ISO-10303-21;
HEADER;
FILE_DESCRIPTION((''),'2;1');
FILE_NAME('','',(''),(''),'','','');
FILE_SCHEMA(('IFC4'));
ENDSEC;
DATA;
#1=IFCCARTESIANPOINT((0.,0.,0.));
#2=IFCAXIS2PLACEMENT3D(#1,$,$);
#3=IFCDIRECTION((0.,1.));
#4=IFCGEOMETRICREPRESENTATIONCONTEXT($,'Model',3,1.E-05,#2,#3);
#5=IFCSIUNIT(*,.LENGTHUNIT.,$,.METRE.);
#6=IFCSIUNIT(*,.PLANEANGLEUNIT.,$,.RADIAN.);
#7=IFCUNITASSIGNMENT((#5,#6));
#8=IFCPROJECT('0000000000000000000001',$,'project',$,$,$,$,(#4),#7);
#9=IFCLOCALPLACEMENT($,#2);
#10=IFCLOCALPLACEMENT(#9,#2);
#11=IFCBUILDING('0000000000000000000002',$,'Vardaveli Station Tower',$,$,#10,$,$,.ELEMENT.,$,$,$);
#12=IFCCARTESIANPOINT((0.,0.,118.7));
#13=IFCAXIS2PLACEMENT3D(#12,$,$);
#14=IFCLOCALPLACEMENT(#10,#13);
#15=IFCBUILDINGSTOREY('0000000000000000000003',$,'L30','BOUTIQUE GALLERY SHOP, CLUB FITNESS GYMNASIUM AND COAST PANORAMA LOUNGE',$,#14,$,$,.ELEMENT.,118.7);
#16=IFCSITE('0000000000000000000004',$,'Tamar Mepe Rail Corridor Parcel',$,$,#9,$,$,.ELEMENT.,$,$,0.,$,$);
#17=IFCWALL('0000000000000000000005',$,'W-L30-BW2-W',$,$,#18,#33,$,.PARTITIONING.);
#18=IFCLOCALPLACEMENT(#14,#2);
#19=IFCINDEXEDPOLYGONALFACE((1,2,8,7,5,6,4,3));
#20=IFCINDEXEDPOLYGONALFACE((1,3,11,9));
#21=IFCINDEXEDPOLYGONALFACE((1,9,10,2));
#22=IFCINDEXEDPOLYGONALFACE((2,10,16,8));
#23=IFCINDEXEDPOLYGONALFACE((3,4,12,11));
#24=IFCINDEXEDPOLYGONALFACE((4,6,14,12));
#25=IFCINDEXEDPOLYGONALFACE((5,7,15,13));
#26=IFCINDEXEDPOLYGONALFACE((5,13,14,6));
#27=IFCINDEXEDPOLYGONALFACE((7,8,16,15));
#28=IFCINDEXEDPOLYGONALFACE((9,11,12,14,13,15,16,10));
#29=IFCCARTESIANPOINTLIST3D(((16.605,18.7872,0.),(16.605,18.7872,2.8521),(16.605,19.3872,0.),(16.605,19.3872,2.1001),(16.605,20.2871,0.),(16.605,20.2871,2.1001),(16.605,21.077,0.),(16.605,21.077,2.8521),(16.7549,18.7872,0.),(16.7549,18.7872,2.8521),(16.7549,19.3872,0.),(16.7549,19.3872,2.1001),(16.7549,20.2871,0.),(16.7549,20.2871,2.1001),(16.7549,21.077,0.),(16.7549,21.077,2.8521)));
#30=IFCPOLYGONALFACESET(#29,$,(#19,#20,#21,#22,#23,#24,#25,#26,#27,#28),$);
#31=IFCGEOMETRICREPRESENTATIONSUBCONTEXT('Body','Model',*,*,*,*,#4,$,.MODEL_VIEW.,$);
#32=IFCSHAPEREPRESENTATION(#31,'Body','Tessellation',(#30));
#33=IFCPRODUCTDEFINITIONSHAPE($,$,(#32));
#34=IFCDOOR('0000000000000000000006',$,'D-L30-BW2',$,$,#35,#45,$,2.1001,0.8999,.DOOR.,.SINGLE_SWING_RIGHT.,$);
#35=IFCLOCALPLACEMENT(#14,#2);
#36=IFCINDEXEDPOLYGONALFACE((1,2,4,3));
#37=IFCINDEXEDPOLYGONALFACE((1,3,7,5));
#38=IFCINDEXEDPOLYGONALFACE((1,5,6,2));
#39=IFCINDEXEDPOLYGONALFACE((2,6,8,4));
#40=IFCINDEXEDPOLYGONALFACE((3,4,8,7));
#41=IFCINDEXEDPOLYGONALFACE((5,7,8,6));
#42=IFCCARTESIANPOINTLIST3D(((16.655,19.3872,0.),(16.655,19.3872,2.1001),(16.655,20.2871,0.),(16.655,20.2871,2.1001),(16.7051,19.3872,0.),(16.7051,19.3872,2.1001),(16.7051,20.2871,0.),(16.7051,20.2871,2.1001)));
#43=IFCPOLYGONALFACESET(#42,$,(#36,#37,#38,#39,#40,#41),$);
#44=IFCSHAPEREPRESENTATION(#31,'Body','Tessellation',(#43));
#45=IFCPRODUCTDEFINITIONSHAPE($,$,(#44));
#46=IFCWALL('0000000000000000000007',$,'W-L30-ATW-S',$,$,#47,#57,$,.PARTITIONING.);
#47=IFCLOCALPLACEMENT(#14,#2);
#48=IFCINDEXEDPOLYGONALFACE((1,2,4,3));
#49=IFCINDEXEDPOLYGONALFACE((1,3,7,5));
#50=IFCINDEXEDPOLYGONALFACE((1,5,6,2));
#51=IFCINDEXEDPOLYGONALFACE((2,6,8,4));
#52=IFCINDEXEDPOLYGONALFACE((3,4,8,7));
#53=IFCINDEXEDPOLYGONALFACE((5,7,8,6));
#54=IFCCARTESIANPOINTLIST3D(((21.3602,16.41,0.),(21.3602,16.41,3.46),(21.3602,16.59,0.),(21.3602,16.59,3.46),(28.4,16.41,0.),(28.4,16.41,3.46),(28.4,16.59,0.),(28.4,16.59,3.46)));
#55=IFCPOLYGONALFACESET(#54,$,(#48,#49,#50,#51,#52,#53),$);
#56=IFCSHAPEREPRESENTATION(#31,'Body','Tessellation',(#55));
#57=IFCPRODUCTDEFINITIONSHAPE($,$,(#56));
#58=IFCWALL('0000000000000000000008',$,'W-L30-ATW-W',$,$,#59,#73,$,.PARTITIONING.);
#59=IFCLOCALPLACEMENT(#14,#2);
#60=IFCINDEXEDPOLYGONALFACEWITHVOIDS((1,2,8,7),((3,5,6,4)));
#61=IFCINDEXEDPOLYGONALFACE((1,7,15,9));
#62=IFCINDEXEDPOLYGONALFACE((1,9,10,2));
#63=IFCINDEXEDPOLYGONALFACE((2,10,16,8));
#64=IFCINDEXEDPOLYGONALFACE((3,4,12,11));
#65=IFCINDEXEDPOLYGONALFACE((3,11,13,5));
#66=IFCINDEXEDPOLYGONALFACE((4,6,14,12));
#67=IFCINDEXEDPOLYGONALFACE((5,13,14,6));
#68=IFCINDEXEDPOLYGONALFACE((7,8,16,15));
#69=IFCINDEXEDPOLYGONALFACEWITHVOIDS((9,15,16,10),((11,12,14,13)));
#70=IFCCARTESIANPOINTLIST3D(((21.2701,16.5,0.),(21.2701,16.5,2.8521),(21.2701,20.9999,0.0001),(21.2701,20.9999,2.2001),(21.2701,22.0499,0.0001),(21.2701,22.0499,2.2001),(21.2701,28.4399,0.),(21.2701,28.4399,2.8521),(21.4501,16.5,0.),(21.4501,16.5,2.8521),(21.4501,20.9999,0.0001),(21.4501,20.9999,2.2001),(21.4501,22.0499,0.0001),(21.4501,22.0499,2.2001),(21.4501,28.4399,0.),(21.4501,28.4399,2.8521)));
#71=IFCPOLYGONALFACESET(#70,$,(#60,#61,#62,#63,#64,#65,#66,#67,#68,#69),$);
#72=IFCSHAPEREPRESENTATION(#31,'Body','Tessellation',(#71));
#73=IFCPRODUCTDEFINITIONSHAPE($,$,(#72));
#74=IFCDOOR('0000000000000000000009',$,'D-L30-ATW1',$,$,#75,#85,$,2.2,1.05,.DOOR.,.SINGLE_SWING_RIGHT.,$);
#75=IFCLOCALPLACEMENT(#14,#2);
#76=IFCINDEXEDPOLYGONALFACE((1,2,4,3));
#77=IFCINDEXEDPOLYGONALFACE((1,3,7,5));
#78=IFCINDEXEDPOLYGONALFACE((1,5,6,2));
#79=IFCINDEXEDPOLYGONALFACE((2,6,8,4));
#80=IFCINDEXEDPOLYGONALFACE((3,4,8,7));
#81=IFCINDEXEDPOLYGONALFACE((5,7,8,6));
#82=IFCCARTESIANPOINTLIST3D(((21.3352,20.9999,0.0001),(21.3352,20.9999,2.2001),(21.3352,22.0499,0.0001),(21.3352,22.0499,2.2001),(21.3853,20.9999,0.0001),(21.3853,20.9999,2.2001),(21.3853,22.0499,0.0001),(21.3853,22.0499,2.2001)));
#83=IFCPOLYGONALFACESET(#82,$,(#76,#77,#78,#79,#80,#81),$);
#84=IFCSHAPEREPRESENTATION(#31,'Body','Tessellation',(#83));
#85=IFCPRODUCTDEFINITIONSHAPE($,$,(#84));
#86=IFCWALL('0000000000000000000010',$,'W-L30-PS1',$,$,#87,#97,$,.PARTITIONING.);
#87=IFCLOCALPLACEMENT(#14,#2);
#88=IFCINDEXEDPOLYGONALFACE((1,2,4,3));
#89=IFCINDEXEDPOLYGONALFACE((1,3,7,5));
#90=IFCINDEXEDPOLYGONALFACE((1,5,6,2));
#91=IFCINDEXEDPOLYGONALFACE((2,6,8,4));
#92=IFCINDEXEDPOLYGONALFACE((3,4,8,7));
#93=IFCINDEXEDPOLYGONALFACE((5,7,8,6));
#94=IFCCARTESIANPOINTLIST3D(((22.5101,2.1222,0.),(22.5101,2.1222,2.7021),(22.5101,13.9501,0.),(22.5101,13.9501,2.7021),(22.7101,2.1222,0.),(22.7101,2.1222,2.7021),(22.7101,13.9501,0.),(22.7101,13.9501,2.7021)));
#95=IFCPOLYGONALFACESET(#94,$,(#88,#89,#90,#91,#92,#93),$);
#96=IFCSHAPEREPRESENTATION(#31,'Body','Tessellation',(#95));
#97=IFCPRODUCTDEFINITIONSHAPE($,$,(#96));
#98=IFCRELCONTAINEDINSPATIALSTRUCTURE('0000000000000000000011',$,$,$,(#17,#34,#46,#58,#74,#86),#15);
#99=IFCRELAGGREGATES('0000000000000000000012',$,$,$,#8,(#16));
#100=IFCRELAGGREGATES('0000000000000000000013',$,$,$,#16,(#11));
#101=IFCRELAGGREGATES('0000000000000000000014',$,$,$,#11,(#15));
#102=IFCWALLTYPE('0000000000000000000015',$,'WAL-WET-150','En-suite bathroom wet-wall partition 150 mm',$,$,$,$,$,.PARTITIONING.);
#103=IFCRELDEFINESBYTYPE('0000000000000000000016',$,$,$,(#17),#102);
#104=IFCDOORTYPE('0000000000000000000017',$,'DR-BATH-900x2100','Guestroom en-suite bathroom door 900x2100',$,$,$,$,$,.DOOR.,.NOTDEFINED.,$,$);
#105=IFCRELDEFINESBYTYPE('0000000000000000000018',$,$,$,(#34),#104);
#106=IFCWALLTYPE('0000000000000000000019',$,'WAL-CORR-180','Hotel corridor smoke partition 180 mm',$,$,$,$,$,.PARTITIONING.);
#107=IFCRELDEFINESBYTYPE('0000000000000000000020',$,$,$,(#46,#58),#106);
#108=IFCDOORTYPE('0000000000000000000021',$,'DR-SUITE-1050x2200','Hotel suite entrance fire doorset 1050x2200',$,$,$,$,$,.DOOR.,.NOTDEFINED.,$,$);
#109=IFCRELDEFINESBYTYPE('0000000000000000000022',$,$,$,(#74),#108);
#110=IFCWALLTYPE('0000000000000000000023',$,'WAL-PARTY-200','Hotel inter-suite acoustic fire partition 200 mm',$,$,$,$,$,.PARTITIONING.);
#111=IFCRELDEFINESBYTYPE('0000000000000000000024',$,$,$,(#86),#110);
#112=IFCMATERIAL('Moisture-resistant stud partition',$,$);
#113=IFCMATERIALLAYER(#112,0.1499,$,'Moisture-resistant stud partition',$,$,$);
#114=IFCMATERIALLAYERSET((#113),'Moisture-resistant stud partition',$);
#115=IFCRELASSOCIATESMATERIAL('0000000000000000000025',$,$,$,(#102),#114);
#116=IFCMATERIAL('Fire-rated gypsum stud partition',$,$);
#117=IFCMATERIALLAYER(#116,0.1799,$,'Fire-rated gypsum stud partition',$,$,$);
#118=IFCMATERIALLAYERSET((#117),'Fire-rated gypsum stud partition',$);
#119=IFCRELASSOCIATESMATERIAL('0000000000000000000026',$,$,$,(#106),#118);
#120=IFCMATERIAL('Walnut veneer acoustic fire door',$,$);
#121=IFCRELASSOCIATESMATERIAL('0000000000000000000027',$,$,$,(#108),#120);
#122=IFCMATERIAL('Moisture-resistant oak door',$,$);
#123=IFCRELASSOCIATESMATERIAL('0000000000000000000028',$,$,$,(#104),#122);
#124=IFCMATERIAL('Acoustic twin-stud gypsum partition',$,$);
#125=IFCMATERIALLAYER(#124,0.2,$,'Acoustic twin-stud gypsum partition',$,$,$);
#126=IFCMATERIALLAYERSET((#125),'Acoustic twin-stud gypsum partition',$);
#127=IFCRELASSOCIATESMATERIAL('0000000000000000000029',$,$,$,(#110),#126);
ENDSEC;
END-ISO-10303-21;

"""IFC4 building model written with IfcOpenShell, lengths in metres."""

from ifc_helpers import new_model, si_unit, direction, frame, frame_2d, origin, place, context, subcontext, project, spatial, rectangle, extrude, source, transform, mapped, material, layer, layer_set, type_object, element, fill, save


model = new_model("IFC4")

# Units and contexts
model_context = context("Model", 3, precision=1e-05, world=origin(), true_north=direction((0.0, 1.0)))
body_context = subcontext(model_context, "Body", "Model", "MODEL_VIEW")
ifc_project = project(units=[si_unit("LENGTHUNIT", "METRE"), si_unit("PLANEANGLEUNIT", "RADIAN")], contexts=[model_context])

# Site, building, storey
site_placement = place(None, origin())
site = spatial("IfcSite", under=ifc_project, at=site_placement, Name="Tamar Mepe Rail Corridor Parcel", CompositionType="ELEMENT", RefElevation=0.0)
building_placement = place(site_placement, origin())
building = spatial("IfcBuilding", under=site, at=building_placement, Name="Vardaveli Station Tower", CompositionType="ELEMENT")
storey_placement = place(building_placement, frame((0.0, 0.0, 118.7)))
storey = spatial("IfcBuildingStorey", under=building, at=storey_placement, Name="L30", Description="BOUTIQUE GALLERY SHOP, CLUB FITNESS GYMNASIUM AND COAST PANORAMA LOUNGE", CompositionType="ELEMENT", Elevation=118.7)

# Shared definitions
ifc_material_1 = material(Name="Moisture-resistant stud partition")
ifc_layer_1 = layer(ifc_material_1, 0.1499, Name="Moisture-resistant stud partition")
ifc_layer_set_1 = layer_set([ifc_layer_1], Name="Moisture-resistant stud partition")
wall_type_1 = type_object("IfcWallType", Name="WAL-WET-150", Description="En-suite bathroom wet-wall partition 150 mm", PredefinedType="PARTITIONING", material=ifc_layer_set_1)

# Shared definitions
ifc_material_2 = material(Name="Fire-rated gypsum stud partition")
ifc_layer_2 = layer(ifc_material_2, 0.1799, Name="Fire-rated gypsum stud partition")
ifc_layer_set_2 = layer_set([ifc_layer_2], Name="Fire-rated gypsum stud partition")
wall_type_2 = type_object("IfcWallType", Name="WAL-CORR-180", Description="Hotel corridor smoke partition 180 mm", PredefinedType="PARTITIONING", material=ifc_layer_set_2)
shared_shape_1 = source(origin(), body_context, "Body", "SweptSolid", [
    extrude(rectangle(XDim=1.05, YDim=2.2, at=frame_2d((0.5249, 1.1001))), frame((0.0, 0.1001, 0.0), z_axis=(0.0, -1.0, 0.0), x_axis=(1.0, 0.0, 0.0)), (0.0, 0.0, 1.0), 0.2),
])
ifc_material_3 = material(Name="Walnut veneer acoustic fire door")
door_type_1 = type_object("IfcDoorType", Name="DR-SUITE-1050x2200", Description="Hotel suite entrance fire doorset 1050x2200", OperationType="NOTDEFINED", PredefinedType="DOOR", material=ifc_material_3)
shared_shape_2 = source(origin(), body_context, "Body", "SweptSolid", [
    extrude(rectangle(XDim=1.05, YDim=2.2, at=frame_2d((0.5249, 1.1001))), frame((0.0, 0.0249, 0.0), z_axis=(0.0, -1.0, 0.0), x_axis=(1.0, 0.0, 0.0)), (0.0, 0.0, 1.0), 0.05),
])

# Wall, opening, door
shared_shape_3 = source(origin(), body_context, "Body", "SweptSolid", [
    extrude(rectangle(XDim=2.2898, YDim=0.1499, at=frame_2d((1.145, 0.0))), origin(), (0.0, 0.0, 1.0), 2.8521),
])
wall_1_placement = place(storey_placement, frame((16.6799, 18.7871, 0.0), z_axis=(0.0, 0.0, 1.0), x_axis=(0.0, 1.0, 0.0)))
wall_1 = element("IfcWall", 1, at=wall_1_placement, inside=storey, type_object=wall_type_1, Name="W-L30-BW2-W", PredefinedType="PARTITIONING", context=body_context, shape_type="MappedRepresentation", body=[
    mapped(shared_shape_3, transform((0.0, 0.0, 0.0), scale=1.0)),
])
shared_shape_4 = source(origin(), body_context, "Body", "SweptSolid", [
    extrude(rectangle(XDim=0.8999, YDim=2.1001, at=frame_2d((0.45, 1.05))), frame((0.0, 0.085, 0.0), z_axis=(0.0, -1.0, 0.0), x_axis=(1.0, 0.0, 0.0)), (0.0, 0.0, 1.0), 0.1699),
])
opening_1_placement = place(wall_1_placement, frame((0.6001, 0.0, 0.0)))
opening_1 = element("IfcOpeningElement", 2, at=opening_1_placement, cuts=wall_1, PredefinedType="OPENING", context=body_context, shape_type="MappedRepresentation", body=[
    mapped(shared_shape_4, transform((0.0, 0.0, 0.0), scale=1.0)),
])
ifc_material_4 = material(Name="Moisture-resistant oak door")
door_type_2 = type_object("IfcDoorType", Name="DR-BATH-900x2100", Description="Guestroom en-suite bathroom door 900x2100", OperationType="NOTDEFINED", PredefinedType="DOOR", material=ifc_material_4)
shared_shape_5 = source(origin(), body_context, "Body", "SweptSolid", [
    extrude(rectangle(XDim=0.8999, YDim=2.1001, at=frame_2d((0.45, 1.05))), frame((0.0, 0.0249, 0.0), z_axis=(0.0, -1.0, 0.0), x_axis=(1.0, 0.0, 0.0)), (0.0, 0.0, 1.0), 0.05),
])
door_1_placement = place(opening_1_placement, origin())
door_1 = element("IfcDoor", 3, at=door_1_placement, inside=storey, type_object=door_type_2, Name="D-L30-BW2", OperationType="SINGLE_SWING_RIGHT", OverallHeight=2.1001, OverallWidth=0.8999, PredefinedType="DOOR", context=body_context, shape_type="MappedRepresentation", body=[
    mapped(shared_shape_5, transform((0.0, 0.0, 0.0), scale=1.0)),
])
fill(opening_1, door_1)

# Wall
shared_shape_6 = source(origin(), body_context, "Body", "SweptSolid", [
    extrude(rectangle(XDim=7.0398, YDim=0.1799, at=frame_2d((3.52, 0.0))), origin(), (0.0, 0.0, 1.0), 3.46),
])
wall_2_placement = place(storey_placement, frame((21.3601, 16.5, 0.0), z_axis=(0.0, 0.0, 1.0), x_axis=(1.0, 0.0, 0.0)))
element("IfcWall", 4, at=wall_2_placement, inside=storey, type_object=wall_type_2, Name="W-L30-ATW-S", PredefinedType="PARTITIONING", context=body_context, shape_type="MappedRepresentation", body=[
    mapped(shared_shape_6, transform((0.0, 0.0, 0.0), scale=1.0)),
])

# Wall, opening, door
shared_shape_7 = source(origin(), body_context, "Body", "SweptSolid", [
    extrude(rectangle(XDim=11.9399, YDim=0.1799, at=frame_2d((5.97, 0.0))), origin(), (0.0, 0.0, 1.0), 2.8521),
])
wall_3_placement = place(storey_placement, frame((21.3601, 16.5, 0.0), z_axis=(0.0, 0.0, 1.0), x_axis=(0.0, 1.0, 0.0)))
wall_3 = element("IfcWall", 5, at=wall_3_placement, inside=storey, type_object=wall_type_2, Name="W-L30-ATW-W", PredefinedType="PARTITIONING", context=body_context, shape_type="MappedRepresentation", body=[
    mapped(shared_shape_7, transform((0.0, 0.0, 0.0), scale=1.0)),
])
opening_2_placement = place(wall_3_placement, frame((4.5, 0.0, 0.0)))
opening_2 = element("IfcOpeningElement", 6, at=opening_2_placement, cuts=wall_3, PredefinedType="OPENING", context=body_context, shape_type="MappedRepresentation", body=[
    mapped(shared_shape_1, transform((0.0, 0.0, 0.0), scale=1.0)),
])
door_2_placement = place(opening_2_placement, origin())
door_2 = element("IfcDoor", 7, at=door_2_placement, inside=storey, type_object=door_type_1, Name="D-L30-ATW1", OperationType="SINGLE_SWING_RIGHT", OverallHeight=2.2, OverallWidth=1.05, PredefinedType="DOOR", context=body_context, shape_type="MappedRepresentation", body=[
    mapped(shared_shape_2, transform((0.0, 0.0, 0.0), scale=1.0)),
])
fill(opening_2, door_2)

# Wall
ifc_material_5 = material(Name="Acoustic twin-stud gypsum partition")
ifc_layer_3 = layer(ifc_material_5, 0.2, Name="Acoustic twin-stud gypsum partition")
ifc_layer_set_3 = layer_set([ifc_layer_3], Name="Acoustic twin-stud gypsum partition")
wall_type_3 = type_object("IfcWallType", Name="WAL-PARTY-200", Description="Hotel inter-suite acoustic fire partition 200 mm", PredefinedType="PARTITIONING", material=ifc_layer_set_3)
shared_shape_8 = source(origin(), body_context, "Body", "SweptSolid", [
    extrude(rectangle(XDim=11.8279, YDim=0.2, at=frame_2d((5.9141, 0.0))), origin(), (0.0, 0.0, 1.0), 2.7021),
])
wall_4_placement = place(storey_placement, frame((22.6101, 2.1221, 0.0), z_axis=(0.0, 0.0, 1.0), x_axis=(0.0, 1.0, 0.0)))
element("IfcWall", 8, at=wall_4_placement, inside=storey, type_object=wall_type_3, Name="W-L30-PS1", PredefinedType="PARTITIONING", context=body_context, shape_type="MappedRepresentation", body=[
    mapped(shared_shape_8, transform((0.0, 0.0, 0.0), scale=1.0)),
])

save(model, "model.ifc")
